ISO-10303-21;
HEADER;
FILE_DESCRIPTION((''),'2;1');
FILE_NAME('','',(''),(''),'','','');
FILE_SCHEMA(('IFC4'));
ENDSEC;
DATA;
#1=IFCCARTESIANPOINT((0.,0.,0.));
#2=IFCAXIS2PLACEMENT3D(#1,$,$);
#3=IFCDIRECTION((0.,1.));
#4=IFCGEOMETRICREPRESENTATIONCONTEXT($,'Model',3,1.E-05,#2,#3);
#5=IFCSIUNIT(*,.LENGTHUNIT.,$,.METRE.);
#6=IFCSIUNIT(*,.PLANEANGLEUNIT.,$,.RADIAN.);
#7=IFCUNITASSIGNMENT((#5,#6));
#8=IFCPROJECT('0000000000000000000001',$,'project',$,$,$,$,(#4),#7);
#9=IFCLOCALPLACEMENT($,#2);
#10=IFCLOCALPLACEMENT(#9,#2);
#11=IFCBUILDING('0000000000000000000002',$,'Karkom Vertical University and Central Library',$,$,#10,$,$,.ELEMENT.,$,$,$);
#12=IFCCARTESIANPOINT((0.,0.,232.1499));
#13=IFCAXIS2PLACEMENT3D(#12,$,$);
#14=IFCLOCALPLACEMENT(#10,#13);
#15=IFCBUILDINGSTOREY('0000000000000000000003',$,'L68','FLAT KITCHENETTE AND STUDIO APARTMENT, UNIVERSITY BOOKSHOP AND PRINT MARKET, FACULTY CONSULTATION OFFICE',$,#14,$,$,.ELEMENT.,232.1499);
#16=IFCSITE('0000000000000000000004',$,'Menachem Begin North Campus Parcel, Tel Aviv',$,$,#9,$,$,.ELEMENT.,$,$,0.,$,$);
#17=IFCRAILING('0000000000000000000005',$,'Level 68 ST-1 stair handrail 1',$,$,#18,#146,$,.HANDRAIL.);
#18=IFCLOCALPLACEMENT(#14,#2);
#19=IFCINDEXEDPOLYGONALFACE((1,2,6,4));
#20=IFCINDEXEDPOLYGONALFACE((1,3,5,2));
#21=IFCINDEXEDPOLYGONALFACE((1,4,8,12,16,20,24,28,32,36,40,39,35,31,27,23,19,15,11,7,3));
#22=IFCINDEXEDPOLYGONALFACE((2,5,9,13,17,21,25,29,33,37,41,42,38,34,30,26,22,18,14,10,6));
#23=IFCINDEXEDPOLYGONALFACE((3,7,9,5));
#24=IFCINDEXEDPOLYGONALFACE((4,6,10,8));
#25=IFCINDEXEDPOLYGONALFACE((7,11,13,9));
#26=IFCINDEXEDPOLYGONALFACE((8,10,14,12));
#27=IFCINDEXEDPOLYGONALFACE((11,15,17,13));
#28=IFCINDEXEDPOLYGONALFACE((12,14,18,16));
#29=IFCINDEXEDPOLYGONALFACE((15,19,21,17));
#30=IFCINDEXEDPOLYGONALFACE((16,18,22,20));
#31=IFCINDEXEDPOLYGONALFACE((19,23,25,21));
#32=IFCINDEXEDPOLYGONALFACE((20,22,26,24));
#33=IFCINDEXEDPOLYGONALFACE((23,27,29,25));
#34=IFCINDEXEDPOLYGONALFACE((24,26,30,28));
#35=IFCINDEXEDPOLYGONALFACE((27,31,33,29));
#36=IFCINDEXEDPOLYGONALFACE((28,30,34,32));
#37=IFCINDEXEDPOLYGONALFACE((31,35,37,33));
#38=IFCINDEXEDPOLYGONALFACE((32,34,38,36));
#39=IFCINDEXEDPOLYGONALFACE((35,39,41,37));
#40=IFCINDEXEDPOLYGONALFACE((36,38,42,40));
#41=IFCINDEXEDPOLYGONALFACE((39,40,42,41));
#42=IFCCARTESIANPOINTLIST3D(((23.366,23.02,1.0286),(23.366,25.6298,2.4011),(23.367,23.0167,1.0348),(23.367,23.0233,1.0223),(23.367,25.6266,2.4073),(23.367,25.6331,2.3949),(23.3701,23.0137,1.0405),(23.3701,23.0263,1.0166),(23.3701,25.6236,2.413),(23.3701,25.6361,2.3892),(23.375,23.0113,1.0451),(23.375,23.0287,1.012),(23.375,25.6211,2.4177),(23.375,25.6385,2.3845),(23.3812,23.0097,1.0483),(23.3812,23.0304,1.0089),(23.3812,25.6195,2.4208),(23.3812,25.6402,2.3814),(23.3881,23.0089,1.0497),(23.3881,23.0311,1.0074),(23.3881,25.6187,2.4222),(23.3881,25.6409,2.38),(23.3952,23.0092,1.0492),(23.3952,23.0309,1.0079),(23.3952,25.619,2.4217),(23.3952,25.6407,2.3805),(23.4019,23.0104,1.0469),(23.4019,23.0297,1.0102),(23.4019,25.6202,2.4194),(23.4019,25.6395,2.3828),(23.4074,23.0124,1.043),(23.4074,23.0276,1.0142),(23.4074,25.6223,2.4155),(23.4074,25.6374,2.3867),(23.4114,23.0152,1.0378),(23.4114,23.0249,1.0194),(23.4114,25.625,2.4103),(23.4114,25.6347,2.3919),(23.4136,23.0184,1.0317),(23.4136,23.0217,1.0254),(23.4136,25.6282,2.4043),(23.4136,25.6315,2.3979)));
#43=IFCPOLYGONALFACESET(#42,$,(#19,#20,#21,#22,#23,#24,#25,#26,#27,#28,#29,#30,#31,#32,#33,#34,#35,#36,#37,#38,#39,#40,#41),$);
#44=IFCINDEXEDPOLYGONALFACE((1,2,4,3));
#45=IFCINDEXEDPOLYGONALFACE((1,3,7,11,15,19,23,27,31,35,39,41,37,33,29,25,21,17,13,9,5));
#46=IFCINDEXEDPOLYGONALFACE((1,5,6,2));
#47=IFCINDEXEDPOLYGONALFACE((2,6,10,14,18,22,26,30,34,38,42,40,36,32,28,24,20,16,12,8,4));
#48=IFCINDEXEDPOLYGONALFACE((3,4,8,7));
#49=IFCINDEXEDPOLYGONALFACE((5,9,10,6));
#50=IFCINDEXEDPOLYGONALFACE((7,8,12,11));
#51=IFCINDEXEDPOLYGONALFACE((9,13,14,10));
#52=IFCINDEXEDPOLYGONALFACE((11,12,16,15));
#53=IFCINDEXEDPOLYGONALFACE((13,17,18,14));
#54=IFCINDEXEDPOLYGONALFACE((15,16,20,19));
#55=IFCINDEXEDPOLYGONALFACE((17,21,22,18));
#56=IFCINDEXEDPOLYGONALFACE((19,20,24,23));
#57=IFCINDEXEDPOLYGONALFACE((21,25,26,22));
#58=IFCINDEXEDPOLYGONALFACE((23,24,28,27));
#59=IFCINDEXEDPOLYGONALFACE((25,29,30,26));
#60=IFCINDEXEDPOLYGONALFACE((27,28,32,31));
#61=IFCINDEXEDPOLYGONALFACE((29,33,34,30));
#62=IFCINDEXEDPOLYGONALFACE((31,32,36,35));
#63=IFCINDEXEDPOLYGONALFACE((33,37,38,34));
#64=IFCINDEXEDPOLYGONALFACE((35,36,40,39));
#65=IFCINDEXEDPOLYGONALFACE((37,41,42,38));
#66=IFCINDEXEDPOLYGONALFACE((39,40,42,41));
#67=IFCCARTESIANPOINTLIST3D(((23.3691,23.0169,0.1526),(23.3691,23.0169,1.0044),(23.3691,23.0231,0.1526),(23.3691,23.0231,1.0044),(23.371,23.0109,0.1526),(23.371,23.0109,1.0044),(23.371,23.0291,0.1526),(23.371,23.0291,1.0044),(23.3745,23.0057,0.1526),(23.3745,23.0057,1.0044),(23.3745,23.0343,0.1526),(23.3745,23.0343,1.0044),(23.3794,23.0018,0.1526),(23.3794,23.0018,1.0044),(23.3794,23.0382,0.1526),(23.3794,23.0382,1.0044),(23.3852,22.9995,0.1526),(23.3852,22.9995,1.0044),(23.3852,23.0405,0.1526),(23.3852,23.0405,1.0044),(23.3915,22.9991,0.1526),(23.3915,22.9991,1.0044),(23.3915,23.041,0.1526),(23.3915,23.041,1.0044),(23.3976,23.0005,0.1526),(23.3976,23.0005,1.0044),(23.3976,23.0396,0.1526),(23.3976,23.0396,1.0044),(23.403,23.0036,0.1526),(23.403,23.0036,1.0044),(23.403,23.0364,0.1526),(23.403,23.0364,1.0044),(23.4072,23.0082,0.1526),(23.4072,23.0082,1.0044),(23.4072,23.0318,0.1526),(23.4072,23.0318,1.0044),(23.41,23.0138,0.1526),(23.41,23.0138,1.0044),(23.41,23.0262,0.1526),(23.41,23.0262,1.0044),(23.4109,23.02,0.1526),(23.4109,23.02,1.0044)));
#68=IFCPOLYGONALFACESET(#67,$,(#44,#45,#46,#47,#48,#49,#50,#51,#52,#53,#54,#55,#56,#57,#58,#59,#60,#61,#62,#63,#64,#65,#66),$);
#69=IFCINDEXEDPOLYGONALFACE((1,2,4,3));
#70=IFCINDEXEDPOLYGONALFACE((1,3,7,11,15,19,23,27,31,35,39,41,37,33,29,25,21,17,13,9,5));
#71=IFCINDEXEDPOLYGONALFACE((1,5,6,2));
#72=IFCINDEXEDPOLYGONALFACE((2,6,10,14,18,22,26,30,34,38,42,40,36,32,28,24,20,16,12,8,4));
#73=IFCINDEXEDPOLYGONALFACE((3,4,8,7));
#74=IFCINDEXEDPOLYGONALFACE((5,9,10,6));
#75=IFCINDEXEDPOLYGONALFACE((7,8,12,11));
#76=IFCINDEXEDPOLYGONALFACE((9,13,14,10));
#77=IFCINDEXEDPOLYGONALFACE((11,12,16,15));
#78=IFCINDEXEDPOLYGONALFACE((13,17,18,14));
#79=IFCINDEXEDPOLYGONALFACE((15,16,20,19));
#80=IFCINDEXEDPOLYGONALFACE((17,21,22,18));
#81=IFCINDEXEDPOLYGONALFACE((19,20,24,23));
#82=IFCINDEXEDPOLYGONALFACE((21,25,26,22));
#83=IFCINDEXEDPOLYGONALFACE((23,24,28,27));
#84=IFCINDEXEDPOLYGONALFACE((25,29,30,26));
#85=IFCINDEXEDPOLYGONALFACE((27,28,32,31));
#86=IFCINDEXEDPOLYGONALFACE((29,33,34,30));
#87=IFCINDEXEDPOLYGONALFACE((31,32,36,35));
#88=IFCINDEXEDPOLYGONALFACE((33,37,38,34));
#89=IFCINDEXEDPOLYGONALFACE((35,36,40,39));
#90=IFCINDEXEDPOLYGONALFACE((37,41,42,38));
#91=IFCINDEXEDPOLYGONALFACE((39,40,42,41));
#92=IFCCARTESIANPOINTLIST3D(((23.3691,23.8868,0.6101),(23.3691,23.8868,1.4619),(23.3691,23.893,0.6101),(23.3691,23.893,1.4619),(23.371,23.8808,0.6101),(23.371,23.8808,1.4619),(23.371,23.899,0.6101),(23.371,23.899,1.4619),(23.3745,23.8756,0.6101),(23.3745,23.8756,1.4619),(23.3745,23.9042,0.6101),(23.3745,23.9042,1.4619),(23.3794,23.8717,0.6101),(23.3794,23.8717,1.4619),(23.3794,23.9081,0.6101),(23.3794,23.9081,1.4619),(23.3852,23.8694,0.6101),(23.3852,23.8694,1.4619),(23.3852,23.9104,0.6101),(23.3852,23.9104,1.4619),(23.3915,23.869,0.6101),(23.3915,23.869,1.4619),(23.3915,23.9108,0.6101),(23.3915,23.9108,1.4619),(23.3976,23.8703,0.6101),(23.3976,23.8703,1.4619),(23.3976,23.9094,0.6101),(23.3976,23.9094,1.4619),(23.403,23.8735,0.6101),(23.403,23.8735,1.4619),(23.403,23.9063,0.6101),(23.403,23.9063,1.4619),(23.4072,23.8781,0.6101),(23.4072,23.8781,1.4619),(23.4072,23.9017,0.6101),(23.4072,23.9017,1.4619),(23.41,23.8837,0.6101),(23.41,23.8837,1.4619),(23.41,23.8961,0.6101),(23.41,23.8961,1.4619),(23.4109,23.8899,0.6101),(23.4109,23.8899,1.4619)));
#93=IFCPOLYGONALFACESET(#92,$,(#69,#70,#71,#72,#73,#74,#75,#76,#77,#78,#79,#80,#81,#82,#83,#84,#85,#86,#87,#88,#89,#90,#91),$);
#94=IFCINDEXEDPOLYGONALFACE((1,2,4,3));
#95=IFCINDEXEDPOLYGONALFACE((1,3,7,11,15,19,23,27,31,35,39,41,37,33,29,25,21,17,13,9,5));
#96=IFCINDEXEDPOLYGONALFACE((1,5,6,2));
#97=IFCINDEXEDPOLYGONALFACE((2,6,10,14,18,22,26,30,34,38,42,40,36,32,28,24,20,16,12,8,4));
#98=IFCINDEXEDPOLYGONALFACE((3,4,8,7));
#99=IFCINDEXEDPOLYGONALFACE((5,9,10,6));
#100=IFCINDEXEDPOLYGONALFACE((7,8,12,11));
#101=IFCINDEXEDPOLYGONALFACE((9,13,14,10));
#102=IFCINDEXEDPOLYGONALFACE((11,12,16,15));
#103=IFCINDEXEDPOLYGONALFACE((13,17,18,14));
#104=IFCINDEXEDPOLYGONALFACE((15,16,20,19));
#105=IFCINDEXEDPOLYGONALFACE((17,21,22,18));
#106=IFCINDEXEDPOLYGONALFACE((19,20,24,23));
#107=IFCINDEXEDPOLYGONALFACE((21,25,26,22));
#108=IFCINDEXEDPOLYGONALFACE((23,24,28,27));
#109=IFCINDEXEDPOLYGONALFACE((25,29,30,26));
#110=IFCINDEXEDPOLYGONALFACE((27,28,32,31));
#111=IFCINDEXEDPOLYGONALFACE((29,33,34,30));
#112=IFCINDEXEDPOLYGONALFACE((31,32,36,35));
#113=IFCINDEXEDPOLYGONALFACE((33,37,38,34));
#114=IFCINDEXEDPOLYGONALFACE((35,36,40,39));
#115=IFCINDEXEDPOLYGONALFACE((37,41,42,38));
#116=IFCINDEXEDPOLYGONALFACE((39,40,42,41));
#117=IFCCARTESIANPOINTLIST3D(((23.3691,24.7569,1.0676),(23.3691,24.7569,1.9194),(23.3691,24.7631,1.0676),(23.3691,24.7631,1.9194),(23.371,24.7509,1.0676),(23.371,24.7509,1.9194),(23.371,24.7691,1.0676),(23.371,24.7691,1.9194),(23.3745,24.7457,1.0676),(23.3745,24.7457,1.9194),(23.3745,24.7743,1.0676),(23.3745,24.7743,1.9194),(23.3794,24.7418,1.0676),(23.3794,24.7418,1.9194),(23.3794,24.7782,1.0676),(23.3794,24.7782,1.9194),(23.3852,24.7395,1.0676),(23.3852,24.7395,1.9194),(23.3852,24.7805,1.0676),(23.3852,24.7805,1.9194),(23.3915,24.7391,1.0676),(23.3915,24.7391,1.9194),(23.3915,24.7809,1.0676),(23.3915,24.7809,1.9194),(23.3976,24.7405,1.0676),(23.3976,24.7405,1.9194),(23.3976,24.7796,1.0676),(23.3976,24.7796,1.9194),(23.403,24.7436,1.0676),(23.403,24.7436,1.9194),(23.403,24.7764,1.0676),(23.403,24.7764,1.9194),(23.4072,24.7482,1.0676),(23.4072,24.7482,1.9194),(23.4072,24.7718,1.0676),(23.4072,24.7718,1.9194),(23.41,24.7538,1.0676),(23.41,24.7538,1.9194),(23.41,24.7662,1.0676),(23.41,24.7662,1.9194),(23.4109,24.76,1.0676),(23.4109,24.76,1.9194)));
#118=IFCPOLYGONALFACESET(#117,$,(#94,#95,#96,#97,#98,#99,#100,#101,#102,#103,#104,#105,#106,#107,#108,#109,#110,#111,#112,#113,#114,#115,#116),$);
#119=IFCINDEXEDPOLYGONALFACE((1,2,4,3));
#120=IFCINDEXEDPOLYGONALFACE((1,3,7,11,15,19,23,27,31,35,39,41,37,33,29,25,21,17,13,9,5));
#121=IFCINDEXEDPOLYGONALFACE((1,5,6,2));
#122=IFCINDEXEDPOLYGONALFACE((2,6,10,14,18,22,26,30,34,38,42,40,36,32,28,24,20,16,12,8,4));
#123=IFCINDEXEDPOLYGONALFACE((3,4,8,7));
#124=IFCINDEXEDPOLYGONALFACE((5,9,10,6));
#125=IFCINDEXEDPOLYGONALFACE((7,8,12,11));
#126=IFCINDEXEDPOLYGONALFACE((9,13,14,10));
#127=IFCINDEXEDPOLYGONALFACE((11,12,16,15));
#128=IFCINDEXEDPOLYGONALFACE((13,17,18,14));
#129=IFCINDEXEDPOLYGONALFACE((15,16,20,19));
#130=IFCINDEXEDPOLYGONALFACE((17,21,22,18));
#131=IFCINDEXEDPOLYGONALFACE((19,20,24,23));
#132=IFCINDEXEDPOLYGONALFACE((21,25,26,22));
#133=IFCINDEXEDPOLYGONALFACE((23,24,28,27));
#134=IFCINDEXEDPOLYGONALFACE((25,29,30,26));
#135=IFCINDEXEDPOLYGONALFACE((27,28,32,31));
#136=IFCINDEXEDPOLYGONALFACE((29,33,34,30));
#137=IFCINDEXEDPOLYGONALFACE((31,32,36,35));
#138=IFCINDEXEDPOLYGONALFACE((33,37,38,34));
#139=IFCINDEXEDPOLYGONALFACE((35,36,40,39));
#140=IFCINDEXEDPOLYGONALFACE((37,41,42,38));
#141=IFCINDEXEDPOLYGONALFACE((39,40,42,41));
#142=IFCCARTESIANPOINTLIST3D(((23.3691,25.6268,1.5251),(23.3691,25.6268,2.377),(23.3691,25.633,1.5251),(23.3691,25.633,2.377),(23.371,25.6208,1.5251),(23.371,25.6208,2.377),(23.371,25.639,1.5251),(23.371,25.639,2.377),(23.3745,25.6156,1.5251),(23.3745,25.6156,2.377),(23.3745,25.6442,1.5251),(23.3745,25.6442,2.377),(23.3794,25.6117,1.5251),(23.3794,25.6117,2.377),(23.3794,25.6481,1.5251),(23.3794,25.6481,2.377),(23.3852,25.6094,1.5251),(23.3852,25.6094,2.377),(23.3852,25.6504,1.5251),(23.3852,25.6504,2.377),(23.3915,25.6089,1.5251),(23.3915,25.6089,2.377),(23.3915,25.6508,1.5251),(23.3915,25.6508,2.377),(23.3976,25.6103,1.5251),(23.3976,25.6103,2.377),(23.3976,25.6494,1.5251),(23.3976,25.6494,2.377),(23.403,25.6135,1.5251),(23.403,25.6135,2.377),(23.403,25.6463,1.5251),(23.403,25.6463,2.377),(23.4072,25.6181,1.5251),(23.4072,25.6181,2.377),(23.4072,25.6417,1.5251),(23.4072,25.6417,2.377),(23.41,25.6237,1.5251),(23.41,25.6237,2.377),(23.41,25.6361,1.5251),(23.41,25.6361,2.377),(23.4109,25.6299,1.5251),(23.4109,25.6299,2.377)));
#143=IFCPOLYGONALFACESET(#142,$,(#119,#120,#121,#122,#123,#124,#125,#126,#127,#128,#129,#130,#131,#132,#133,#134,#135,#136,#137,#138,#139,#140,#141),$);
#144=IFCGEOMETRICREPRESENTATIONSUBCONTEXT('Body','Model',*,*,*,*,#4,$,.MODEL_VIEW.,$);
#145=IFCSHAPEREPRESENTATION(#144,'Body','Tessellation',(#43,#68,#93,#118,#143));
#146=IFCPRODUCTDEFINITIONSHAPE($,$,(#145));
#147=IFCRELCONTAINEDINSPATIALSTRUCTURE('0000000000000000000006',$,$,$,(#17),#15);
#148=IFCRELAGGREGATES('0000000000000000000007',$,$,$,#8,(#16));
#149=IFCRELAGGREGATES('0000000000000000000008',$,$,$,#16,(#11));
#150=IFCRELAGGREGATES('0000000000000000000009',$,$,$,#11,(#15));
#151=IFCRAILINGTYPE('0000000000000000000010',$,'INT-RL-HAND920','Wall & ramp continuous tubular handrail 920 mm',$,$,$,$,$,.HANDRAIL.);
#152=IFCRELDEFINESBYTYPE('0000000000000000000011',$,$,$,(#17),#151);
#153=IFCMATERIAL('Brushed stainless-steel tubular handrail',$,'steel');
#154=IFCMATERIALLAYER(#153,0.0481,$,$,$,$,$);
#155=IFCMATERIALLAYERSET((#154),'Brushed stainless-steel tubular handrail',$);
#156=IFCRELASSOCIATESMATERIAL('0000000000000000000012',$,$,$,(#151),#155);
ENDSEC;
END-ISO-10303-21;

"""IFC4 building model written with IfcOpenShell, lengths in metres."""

from ifc_helpers import new_model, si_unit, direction, frame, origin, origin_2d, place, context, subcontext, project, spatial, circle, extrude, material, layer, layer_set, type_object, element, save


model = new_model("IFC4")

# Units and contexts
model_context = context("Model", 3, precision=1e-05, world=origin(), true_north=direction((0.0, 1.0)))
body_context = subcontext(model_context, "Body", "Model", "MODEL_VIEW")
ifc_project = project(units=[si_unit("LENGTHUNIT", "METRE"), si_unit("PLANEANGLEUNIT", "RADIAN")], contexts=[model_context])

# Site, building, storey
site_placement = place(None, origin())
site = spatial("IfcSite", under=ifc_project, at=site_placement, Name="Menachem Begin North Campus Parcel, Tel Aviv", CompositionType="ELEMENT", RefElevation=0.0)
building_placement = place(site_placement, origin())
building = spatial("IfcBuilding", under=site, at=building_placement, Name="Karkom Vertical University and Central Library", CompositionType="ELEMENT")
storey_placement = place(building_placement, frame((0.0, 0.0, 232.1499)))
storey = spatial("IfcBuildingStorey", under=building, at=storey_placement, Name="L68", Description="FLAT KITCHENETTE AND STUDIO APARTMENT, UNIVERSITY BOOKSHOP AND PRINT MARKET, FACULTY CONSULTATION OFFICE", CompositionType="ELEMENT", Elevation=232.1499)

# Railing
ifc_material_1 = material(Name="Brushed stainless-steel tubular handrail", Category="steel")
ifc_layer_1 = layer(ifc_material_1, 0.0481)
ifc_layer_set_1 = layer_set([ifc_layer_1], Name="Brushed stainless-steel tubular handrail")
railing_type_1 = type_object("IfcRailingType", Name="INT-RL-HAND920", Description="Wall & ramp continuous tubular handrail 920 mm", PredefinedType="HANDRAIL", material=ifc_layer_set_1)
railing_1_placement = place(storey_placement, frame((23.3899, 23.02, 0.1526)))
element("IfcRailing", 1, at=railing_1_placement, inside=storey, type_object=railing_type_1, Name="Level 68 ST-1 stair handrail 1", PredefinedType="HANDRAIL", context=body_context, shape_type="SweptSolid", body=[
    extrude(circle(Radius=0.0239, at=origin_2d()), frame((0.0, 0.0, 0.876), z_axis=(0.0, 0.885065, 0.465467), x_axis=(-1.0, 0.0, 0.0)), (0.0, 0.0, 1.0), 2.9487),
    extrude(circle(Radius=0.021, at=origin_2d()), origin(), (0.0, 0.0, 1.0), 0.8518),
    extrude(circle(Radius=0.021, at=origin_2d()), frame((0.0, 0.8699, 0.4575)), (0.0, 0.0, 1.0), 0.8518),
    extrude(circle(Radius=0.021, at=origin_2d()), frame((0.0, 1.74, 0.915)), (0.0, 0.0, 1.0), 0.8518),
    extrude(circle(Radius=0.021, at=origin_2d()), frame((0.0, 2.6099, 1.3726)), (0.0, 0.0, 1.0), 0.8518),
])

save(model, "model.ifc")
